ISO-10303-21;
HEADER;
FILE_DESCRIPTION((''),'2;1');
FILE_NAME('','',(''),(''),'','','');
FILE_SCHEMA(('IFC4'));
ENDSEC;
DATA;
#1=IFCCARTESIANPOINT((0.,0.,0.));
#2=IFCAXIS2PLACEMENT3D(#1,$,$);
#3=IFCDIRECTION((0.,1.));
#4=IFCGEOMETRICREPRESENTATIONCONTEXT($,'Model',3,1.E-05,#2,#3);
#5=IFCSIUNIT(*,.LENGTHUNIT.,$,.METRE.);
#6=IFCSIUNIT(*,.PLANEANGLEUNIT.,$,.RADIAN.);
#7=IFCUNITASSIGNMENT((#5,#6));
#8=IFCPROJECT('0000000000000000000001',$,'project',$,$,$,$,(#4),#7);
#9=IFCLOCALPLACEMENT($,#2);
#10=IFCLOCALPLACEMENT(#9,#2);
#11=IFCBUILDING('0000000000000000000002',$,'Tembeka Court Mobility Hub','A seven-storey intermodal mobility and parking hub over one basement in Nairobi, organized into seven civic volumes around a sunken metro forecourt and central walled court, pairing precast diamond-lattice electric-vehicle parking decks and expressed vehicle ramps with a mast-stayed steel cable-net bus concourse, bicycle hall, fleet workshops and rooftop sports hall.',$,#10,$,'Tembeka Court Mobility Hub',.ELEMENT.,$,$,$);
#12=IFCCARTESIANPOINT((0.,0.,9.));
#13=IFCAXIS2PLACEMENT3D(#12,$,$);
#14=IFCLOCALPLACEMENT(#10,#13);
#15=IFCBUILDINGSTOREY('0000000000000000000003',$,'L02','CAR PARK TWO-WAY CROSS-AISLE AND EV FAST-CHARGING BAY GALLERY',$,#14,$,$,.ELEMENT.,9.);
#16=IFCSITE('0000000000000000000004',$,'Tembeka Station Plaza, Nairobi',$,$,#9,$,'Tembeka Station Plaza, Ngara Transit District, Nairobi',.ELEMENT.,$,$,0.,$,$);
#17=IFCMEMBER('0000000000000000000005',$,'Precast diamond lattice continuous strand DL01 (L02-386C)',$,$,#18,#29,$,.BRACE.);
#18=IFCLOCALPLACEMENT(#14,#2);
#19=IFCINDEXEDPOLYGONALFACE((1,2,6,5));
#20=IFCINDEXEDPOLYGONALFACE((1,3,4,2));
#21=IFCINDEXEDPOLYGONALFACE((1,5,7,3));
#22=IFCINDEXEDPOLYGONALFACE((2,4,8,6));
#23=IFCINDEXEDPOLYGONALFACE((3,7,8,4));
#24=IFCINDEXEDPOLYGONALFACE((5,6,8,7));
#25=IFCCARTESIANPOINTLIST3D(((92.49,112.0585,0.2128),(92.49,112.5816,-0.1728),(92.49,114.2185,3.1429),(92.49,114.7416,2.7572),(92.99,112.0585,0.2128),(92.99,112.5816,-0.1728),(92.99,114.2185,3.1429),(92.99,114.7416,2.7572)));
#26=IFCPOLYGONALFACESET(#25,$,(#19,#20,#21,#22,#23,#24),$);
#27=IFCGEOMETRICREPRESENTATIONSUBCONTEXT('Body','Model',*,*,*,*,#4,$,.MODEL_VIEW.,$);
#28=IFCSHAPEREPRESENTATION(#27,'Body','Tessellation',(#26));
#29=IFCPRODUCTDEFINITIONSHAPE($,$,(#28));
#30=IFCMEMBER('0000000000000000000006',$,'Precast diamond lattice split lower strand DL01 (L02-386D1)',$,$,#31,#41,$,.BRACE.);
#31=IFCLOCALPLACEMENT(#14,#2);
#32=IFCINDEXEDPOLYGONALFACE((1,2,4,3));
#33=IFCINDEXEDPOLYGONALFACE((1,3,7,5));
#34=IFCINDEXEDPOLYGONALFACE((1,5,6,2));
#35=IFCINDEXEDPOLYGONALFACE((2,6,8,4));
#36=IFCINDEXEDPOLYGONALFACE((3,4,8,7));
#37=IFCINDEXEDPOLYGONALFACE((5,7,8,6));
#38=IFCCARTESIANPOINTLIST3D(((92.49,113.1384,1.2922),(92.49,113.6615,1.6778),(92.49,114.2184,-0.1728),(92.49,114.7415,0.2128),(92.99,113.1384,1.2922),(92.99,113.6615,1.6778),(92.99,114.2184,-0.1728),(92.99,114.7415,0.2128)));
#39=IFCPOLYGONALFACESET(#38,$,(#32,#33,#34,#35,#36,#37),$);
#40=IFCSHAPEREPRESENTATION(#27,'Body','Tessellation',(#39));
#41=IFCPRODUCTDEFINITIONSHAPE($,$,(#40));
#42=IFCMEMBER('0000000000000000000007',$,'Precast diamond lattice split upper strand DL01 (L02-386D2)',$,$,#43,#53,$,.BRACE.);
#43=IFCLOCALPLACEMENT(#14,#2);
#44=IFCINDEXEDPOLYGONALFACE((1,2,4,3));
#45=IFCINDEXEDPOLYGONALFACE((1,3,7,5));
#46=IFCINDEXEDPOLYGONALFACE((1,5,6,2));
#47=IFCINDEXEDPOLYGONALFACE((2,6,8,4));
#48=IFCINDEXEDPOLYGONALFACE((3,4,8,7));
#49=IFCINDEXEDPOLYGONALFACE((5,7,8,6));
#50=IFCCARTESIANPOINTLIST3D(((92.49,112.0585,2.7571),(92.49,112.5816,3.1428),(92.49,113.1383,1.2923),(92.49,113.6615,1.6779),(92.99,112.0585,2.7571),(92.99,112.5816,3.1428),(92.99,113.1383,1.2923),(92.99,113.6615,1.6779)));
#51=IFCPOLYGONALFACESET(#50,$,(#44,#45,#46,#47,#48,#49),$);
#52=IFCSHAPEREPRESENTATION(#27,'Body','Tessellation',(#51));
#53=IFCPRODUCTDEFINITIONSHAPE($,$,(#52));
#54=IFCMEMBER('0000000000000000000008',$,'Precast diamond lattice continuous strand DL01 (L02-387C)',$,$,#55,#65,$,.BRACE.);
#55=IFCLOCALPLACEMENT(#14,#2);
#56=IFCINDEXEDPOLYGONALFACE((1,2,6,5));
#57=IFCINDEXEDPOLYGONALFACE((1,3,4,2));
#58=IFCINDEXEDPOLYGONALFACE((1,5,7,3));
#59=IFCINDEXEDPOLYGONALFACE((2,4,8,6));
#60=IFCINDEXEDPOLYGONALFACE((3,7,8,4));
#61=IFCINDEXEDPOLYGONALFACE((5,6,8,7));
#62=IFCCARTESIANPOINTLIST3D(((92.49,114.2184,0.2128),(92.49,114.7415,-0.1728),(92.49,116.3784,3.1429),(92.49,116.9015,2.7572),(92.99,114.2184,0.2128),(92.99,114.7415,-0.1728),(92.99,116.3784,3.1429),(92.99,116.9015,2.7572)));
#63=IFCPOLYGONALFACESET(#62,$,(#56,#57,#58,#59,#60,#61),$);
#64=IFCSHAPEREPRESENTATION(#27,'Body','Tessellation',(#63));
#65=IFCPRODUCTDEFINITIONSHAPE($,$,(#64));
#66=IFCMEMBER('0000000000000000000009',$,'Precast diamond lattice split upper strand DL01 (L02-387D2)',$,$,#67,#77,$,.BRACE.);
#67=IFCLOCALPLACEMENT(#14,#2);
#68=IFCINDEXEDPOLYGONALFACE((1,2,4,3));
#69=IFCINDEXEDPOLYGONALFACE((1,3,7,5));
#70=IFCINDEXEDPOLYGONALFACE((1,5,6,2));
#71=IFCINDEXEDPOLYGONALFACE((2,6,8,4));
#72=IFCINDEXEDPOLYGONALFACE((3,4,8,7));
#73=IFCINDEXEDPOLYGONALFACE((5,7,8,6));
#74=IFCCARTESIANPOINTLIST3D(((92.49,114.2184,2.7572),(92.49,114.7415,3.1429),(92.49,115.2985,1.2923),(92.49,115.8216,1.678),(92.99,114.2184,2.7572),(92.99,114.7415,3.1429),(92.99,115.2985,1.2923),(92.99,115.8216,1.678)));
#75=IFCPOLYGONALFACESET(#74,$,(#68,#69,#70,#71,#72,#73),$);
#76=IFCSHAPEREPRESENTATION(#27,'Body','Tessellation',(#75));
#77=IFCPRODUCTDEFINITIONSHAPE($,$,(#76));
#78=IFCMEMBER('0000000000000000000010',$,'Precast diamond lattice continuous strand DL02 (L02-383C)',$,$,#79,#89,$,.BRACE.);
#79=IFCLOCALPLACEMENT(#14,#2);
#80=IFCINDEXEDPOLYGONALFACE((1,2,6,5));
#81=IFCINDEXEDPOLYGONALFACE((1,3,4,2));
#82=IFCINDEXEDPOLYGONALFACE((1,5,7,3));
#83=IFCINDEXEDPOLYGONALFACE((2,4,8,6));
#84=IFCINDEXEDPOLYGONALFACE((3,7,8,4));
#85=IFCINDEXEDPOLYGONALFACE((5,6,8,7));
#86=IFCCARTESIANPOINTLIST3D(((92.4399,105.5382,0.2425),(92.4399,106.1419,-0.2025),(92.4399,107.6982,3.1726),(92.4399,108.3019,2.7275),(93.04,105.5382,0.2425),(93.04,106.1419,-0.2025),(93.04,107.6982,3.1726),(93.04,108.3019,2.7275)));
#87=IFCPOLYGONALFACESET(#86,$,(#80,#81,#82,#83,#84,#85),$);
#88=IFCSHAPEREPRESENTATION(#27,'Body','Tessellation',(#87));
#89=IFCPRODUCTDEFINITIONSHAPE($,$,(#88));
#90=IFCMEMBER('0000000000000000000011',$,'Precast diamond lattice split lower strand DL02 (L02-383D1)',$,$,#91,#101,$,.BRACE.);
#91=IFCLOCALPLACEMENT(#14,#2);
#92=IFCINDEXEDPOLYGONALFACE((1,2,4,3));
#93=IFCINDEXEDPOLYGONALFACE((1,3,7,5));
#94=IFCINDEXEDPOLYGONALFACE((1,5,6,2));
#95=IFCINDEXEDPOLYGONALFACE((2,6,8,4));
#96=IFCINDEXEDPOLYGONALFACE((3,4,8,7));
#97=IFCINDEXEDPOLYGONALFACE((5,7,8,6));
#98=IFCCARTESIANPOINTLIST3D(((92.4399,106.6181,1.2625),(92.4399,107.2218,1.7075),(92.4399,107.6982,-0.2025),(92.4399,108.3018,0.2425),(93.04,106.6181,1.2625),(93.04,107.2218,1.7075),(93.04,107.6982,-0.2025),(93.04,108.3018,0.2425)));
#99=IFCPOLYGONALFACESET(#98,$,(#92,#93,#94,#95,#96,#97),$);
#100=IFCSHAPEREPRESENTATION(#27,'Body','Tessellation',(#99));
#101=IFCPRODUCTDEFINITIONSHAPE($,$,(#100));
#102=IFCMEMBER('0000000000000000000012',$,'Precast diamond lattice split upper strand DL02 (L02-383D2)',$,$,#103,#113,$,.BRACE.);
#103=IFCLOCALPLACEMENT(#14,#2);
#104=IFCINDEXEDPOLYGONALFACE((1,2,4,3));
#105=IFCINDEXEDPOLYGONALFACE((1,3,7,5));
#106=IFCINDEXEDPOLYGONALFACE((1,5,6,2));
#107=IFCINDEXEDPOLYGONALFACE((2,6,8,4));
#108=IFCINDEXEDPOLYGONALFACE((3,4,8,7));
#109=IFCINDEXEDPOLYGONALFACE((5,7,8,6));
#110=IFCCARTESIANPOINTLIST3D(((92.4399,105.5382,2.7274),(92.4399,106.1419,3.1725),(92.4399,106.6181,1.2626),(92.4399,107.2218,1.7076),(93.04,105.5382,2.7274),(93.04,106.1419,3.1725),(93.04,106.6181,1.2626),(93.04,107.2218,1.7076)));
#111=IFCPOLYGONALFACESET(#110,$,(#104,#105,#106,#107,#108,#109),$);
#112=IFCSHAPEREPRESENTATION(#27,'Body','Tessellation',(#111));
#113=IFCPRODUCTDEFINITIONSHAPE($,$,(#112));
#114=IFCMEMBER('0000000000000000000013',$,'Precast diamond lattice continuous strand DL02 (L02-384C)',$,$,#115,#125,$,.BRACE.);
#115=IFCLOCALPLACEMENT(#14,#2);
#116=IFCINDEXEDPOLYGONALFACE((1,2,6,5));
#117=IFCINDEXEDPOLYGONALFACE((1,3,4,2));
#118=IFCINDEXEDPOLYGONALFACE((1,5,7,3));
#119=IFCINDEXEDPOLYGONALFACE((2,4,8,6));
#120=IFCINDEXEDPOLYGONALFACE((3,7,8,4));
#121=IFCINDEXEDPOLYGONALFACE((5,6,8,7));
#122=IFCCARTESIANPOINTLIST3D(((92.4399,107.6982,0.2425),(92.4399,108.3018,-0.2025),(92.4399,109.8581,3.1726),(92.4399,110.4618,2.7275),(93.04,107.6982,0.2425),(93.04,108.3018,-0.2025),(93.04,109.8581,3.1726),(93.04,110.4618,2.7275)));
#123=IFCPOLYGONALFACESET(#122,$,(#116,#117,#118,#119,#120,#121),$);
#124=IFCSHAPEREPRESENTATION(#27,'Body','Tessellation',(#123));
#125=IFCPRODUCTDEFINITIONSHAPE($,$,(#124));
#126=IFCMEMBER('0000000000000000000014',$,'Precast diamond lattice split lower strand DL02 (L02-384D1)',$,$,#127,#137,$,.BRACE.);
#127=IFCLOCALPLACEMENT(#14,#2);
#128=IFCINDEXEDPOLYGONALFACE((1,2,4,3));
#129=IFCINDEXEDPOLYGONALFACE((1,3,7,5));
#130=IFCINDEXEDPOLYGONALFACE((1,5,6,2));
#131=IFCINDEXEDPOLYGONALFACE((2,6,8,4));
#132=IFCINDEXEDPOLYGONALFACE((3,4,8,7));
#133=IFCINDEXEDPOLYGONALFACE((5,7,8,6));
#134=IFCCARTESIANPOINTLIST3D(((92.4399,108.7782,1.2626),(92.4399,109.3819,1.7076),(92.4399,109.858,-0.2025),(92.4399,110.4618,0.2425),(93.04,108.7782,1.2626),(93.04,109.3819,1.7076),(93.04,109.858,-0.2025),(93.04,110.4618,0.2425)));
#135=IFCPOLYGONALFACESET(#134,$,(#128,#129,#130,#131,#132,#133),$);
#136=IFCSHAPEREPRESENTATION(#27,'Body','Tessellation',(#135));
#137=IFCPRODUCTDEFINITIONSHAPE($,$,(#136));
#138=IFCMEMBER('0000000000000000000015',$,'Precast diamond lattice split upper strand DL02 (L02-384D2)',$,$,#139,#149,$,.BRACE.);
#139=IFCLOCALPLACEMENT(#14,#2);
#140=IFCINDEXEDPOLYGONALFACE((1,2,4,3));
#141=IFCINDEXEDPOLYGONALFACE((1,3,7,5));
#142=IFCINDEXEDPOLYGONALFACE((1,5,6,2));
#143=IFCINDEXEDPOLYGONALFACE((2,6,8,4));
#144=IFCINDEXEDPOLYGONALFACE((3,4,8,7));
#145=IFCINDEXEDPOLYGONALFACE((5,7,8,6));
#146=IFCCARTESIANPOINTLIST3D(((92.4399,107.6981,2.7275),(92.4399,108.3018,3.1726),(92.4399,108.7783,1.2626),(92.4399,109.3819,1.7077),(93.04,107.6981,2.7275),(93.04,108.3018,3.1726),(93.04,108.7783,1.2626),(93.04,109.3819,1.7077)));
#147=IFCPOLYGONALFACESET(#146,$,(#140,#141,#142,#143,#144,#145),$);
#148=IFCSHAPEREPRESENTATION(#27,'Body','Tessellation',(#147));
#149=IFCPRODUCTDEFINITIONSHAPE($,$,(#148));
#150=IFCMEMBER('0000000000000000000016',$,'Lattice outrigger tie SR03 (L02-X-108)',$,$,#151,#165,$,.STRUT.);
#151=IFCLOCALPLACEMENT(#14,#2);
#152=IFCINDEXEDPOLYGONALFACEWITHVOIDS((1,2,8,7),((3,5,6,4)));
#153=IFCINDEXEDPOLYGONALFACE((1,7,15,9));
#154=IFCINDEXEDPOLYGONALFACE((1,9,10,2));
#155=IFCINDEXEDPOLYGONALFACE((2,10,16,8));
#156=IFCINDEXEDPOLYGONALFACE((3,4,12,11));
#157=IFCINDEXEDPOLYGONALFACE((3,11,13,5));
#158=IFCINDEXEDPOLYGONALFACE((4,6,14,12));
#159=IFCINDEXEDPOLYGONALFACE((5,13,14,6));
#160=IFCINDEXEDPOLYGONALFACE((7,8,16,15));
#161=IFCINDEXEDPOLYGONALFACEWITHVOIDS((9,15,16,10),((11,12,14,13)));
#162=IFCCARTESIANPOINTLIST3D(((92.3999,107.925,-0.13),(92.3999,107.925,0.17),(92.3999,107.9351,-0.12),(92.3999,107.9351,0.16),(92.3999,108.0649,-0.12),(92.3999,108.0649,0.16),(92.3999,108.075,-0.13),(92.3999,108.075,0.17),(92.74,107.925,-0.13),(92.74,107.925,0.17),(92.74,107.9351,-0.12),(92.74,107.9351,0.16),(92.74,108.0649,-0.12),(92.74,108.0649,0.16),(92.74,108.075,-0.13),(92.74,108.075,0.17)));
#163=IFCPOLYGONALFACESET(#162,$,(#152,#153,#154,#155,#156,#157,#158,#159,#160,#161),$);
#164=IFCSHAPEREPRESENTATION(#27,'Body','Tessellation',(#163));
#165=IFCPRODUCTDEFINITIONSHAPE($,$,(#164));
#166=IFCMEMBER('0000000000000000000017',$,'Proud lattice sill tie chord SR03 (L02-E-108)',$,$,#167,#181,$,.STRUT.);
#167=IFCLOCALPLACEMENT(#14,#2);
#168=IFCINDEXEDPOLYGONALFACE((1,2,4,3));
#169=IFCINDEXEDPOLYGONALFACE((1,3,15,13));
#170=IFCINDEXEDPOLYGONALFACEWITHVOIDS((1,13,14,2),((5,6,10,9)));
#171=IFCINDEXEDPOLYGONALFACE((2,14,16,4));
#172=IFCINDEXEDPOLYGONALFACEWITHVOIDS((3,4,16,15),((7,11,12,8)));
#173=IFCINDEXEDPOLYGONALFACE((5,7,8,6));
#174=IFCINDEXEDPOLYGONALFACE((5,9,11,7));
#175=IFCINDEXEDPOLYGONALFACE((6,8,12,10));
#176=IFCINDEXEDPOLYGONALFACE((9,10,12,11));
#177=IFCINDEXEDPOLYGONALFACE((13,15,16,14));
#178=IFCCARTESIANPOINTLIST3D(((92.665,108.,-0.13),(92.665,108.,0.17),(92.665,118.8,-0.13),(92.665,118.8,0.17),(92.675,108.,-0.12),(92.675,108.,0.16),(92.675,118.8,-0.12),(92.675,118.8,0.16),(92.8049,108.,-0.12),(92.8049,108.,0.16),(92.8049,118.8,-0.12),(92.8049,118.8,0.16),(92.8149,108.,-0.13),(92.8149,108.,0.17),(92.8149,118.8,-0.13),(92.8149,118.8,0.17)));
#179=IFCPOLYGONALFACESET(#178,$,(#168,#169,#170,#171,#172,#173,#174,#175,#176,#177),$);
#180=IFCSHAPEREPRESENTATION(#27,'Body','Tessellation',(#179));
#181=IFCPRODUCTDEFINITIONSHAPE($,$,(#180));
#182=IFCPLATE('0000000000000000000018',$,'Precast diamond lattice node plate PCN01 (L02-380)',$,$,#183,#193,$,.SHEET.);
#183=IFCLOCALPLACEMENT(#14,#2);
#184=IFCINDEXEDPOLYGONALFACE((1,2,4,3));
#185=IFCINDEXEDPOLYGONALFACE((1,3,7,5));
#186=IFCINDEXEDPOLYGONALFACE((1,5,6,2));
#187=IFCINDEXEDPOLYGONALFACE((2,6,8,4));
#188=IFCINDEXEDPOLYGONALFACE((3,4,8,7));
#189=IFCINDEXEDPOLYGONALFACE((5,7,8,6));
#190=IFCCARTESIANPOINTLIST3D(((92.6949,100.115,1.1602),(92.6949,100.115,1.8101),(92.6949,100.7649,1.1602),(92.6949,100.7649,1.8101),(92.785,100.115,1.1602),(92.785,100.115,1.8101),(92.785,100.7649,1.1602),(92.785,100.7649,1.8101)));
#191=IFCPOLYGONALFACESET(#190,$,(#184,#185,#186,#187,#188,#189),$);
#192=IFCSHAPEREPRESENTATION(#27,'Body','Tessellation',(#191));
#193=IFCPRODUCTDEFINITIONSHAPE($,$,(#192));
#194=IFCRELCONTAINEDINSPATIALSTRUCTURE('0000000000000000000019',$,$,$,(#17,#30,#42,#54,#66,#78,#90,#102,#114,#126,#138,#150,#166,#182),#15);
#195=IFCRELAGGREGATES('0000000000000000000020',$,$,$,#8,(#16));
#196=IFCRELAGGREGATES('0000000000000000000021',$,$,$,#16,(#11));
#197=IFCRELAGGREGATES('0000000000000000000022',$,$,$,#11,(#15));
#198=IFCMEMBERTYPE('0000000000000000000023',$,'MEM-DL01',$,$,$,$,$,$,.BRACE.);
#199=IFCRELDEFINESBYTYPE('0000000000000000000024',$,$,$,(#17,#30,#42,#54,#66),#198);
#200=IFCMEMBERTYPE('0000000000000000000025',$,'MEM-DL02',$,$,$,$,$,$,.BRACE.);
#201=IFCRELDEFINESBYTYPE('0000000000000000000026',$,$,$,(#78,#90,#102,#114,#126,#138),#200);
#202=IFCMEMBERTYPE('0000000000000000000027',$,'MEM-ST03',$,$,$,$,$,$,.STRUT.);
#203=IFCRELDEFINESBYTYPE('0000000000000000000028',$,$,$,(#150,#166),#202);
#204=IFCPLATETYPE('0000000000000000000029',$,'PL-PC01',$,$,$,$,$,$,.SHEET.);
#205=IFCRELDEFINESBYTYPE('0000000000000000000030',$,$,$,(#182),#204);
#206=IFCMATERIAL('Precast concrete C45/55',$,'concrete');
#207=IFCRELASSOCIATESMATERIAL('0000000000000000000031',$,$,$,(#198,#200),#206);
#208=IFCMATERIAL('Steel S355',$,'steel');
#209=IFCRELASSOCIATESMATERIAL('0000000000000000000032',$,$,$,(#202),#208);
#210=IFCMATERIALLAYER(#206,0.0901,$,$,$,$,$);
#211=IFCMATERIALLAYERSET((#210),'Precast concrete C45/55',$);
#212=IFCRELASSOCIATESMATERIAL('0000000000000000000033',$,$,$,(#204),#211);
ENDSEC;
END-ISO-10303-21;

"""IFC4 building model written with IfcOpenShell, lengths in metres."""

from ifc_helpers import new_model, si_unit, direction, frame, origin, origin_2d, place, context, subcontext, project, spatial, rectangle, hollow_rectangle, extrude, material, layer, layer_set, material_profile, profile_set, type_object, element, save


model = new_model("IFC4")

# Units and contexts
model_context = context("Model", 3, precision=1e-05, world=origin(), true_north=direction((0.0, 1.0)))
body_context = subcontext(model_context, "Body", "Model", "MODEL_VIEW")
ifc_project = project(units=[si_unit("LENGTHUNIT", "METRE"), si_unit("PLANEANGLEUNIT", "RADIAN")], contexts=[model_context])

# Site, building, storey
site_placement = place(None, origin())
site = spatial("IfcSite", under=ifc_project, at=site_placement, Name="Tembeka Station Plaza, Nairobi", LongName="Tembeka Station Plaza, Ngara Transit District, Nairobi", CompositionType="ELEMENT", RefElevation=0.0)
building_placement = place(site_placement, origin())
building = spatial("IfcBuilding", under=site, at=building_placement, Name="Tembeka Court Mobility Hub", Description="A seven-storey intermodal mobility and parking hub over one basement in Nairobi, organized into seven civic volumes around a sunken metro forecourt and central walled court, pairing precast diamond-lattice electric-vehicle parking decks and expressed vehicle ramps with a mast-stayed steel cable-net bus concourse, bicycle hall, fleet workshops and rooftop sports hall.", LongName="Tembeka Court Mobility Hub", CompositionType="ELEMENT")
storey_placement = place(building_placement, frame((0.0, 0.0, 9.0)))
storey = spatial("IfcBuildingStorey", under=building, at=storey_placement, Name="L02", Description="CAR PARK TWO-WAY CROSS-AISLE AND EV FAST-CHARGING BAY GALLERY", CompositionType="ELEMENT", Elevation=9.0)

# Shared definitions
ifc_material_1 = material(Name="Steel S355", Category="steel")

# Members
ifc_material_2 = material(Name="Precast concrete C45/55", Category="concrete")
ifc_material_profile_1 = material_profile(ifc_material_2, rectangle(XDim=0.5, YDim=0.6499, at=origin_2d()), Name="PC-DIAG 500x650")
ifc_profile_set_1 = profile_set([ifc_material_profile_1], Name="Precast concrete C45/55")
member_type_1 = type_object("IfcMemberType", Name="MEM-DL01", PredefinedType="BRACE", material=ifc_profile_set_1)
member_1_placement = place(storey_placement, frame((92.74, 112.3201, 0.02), z_axis=(0.0, 0.59338, 0.804923), x_axis=(-1.0, 0.0, 0.0)))
element("IfcMember", 1, at=member_1_placement, inside=storey, type_object=member_type_1, Name="Precast diamond lattice continuous strand DL01 (L02-386C)", PredefinedType="BRACE", context=body_context, shape_type="SweptSolid", body=[
    extrude(rectangle(XDim=0.5, YDim=0.6499, at=origin_2d()), origin(), (0.0, 0.0, 1.0), 3.6401),
])
member_2_placement = place(storey_placement, frame((92.74, 114.48, 0.02), z_axis=(0.0, -0.593391, 0.804914), x_axis=(1.0, 0.0, 0.0)))
element("IfcMember", 2, at=member_2_placement, inside=storey, type_object=member_type_1, Name="Precast diamond lattice split lower strand DL01 (L02-386D1)", PredefinedType="BRACE", context=body_context, shape_type="SweptSolid", body=[
    extrude(rectangle(XDim=0.5, YDim=0.6499, at=origin_2d()), origin(), (0.0, 0.0, 1.0), 1.8201),
])
member_3_placement = place(storey_placement, frame((92.74, 113.3999, 1.4851), z_axis=(0.0, -0.593368, 0.804931), x_axis=(1.0, 0.0, 0.0)))
element("IfcMember", 3, at=member_3_placement, inside=storey, type_object=member_type_1, Name="Precast diamond lattice split upper strand DL01 (L02-386D2)", PredefinedType="BRACE", context=body_context, shape_type="SweptSolid", body=[
    extrude(rectangle(XDim=0.5, YDim=0.6499, at=origin_2d()), origin(), (0.0, 0.0, 1.0), 1.8198),
])
member_4_placement = place(storey_placement, frame((92.74, 114.48, 0.02), z_axis=(0.0, 0.59338, 0.804923), x_axis=(-1.0, 0.0, 0.0)))
element("IfcMember", 4, at=member_4_placement, inside=storey, type_object=member_type_1, Name="Precast diamond lattice continuous strand DL01 (L02-387C)", PredefinedType="BRACE", context=body_context, shape_type="SweptSolid", body=[
    extrude(rectangle(XDim=0.5, YDim=0.6499, at=origin_2d()), origin(), (0.0, 0.0, 1.0), 3.6401),
])
member_5_placement = place(storey_placement, frame((92.74, 115.5601, 1.4851), z_axis=(0.0, -0.593455, 0.804867), x_axis=(1.0, 0.0, 0.0)))
element("IfcMember", 5, at=member_5_placement, inside=storey, type_object=member_type_1, Name="Precast diamond lattice split upper strand DL01 (L02-387D2)", PredefinedType="BRACE", context=body_context, shape_type="SweptSolid", body=[
    extrude(rectangle(XDim=0.5, YDim=0.6499, at=origin_2d()), origin(), (0.0, 0.0, 1.0), 1.8201),
])
ifc_material_profile_2 = material_profile(ifc_material_2, rectangle(XDim=0.6001, YDim=0.75, at=origin_2d()), Name="PC-DIAG 600x750")
ifc_profile_set_2 = profile_set([ifc_material_profile_2], Name="Precast concrete C45/55")
member_type_2 = type_object("IfcMemberType", Name="MEM-DL02", PredefinedType="BRACE", material=ifc_profile_set_2)
member_6_placement = place(storey_placement, frame((92.74, 105.8401, 0.02), z_axis=(0.0, 0.59338, 0.804923), x_axis=(-1.0, 0.0, 0.0)))
element("IfcMember", 6, at=member_6_placement, inside=storey, type_object=member_type_2, Name="Precast diamond lattice continuous strand DL02 (L02-383C)", PredefinedType="BRACE", context=body_context, shape_type="SweptSolid", body=[
    extrude(rectangle(XDim=0.6001, YDim=0.75, at=origin_2d()), origin(), (0.0, 0.0, 1.0), 3.6401),
])
member_7_placement = place(storey_placement, frame((92.74, 108.0, 0.02), z_axis=(0.0, -0.593391, 0.804914), x_axis=(1.0, 0.0, 0.0)))
element("IfcMember", 7, at=member_7_placement, inside=storey, type_object=member_type_2, Name="Precast diamond lattice split lower strand DL02 (L02-383D1)", PredefinedType="BRACE", context=body_context, shape_type="SweptSolid", body=[
    extrude(rectangle(XDim=0.6001, YDim=0.75, at=origin_2d()), origin(), (0.0, 0.0, 1.0), 1.8201),
])
member_8_placement = place(storey_placement, frame((92.74, 106.9199, 1.4851), z_axis=(0.0, -0.593368, 0.804931), x_axis=(1.0, 0.0, 0.0)))
element("IfcMember", 8, at=member_8_placement, inside=storey, type_object=member_type_2, Name="Precast diamond lattice split upper strand DL02 (L02-383D2)", PredefinedType="BRACE", context=body_context, shape_type="SweptSolid", body=[
    extrude(rectangle(XDim=0.6001, YDim=0.75, at=origin_2d()), origin(), (0.0, 0.0, 1.0), 1.8198),
])
member_9_placement = place(storey_placement, frame((92.74, 108.0, 0.02), z_axis=(0.0, 0.59338, 0.804923), x_axis=(-1.0, 0.0, 0.0)))
element("IfcMember", 9, at=member_9_placement, inside=storey, type_object=member_type_2, Name="Precast diamond lattice continuous strand DL02 (L02-384C)", PredefinedType="BRACE", context=body_context, shape_type="SweptSolid", body=[
    extrude(rectangle(XDim=0.6001, YDim=0.75, at=origin_2d()), origin(), (0.0, 0.0, 1.0), 3.6401),
])
for number, where, z_axis, x_axis, name in (
    (10, (92.74, 110.1599, 0.02), (0.0, -0.593304, 0.804978), (1.0, 0.0, 0.0), "Precast diamond lattice split lower strand DL02 (L02-384D1)"),
    (11, (92.74, 109.0801, 1.4851), (0.0, -0.593455, 0.804867), (1.0, 0.0, 0.0), "Precast diamond lattice split upper strand DL02 (L02-384D2)"),
):
    element("IfcMember", number, at=place(storey_placement, frame(where, z_axis=z_axis, x_axis=x_axis)), inside=storey, type_object=member_type_2, Name=name, PredefinedType="BRACE", context=body_context, shape_type="SweptSolid", body=[
        extrude(rectangle(XDim=0.6001, YDim=0.75, at=origin_2d()), origin(), (0.0, 0.0, 1.0), 1.8201),
    ])
ifc_material_profile_3 = material_profile(ifc_material_1, hollow_rectangle(XDim=0.1499, YDim=0.3, WallThickness=0.01, at=origin_2d()), Name="RHS 300x150x10")
ifc_profile_set_3 = profile_set([ifc_material_profile_3], Name="Steel S355")
member_type_3 = type_object("IfcMemberType", Name="MEM-ST03", PredefinedType="STRUT", material=ifc_profile_set_3)
member_10_placement = place(storey_placement, frame((92.3999, 108.0, 0.02), z_axis=(1.0, 0.0, 0.0), x_axis=(0.0, 1.0, 0.0)))
element("IfcMember", 12, at=member_10_placement, inside=storey, type_object=member_type_3, Name="Lattice outrigger tie SR03 (L02-X-108)", PredefinedType="STRUT", context=body_context, shape_type="SweptSolid", body=[
    extrude(hollow_rectangle(XDim=0.1499, YDim=0.3, WallThickness=0.01, at=origin_2d()), origin(), (0.0, 0.0, 1.0), 0.3401),
])
member_11_placement = place(storey_placement, frame((92.74, 108.0, 0.02), z_axis=(0.0, 1.0, 0.0), x_axis=(-1.0, 0.0, 0.0)))
element("IfcMember", 13, at=member_11_placement, inside=storey, type_object=member_type_3, Name="Proud lattice sill tie chord SR03 (L02-E-108)", PredefinedType="STRUT", context=body_context, shape_type="SweptSolid", body=[
    extrude(hollow_rectangle(XDim=0.1499, YDim=0.3, WallThickness=0.01, at=origin_2d()), origin(), (0.0, 0.0, 1.0), 10.8),
])

# Plate
ifc_layer = layer(ifc_material_2, 0.0901)
ifc_layer_set = layer_set([ifc_layer], Name="Precast concrete C45/55")
plate_type = type_object("IfcPlateType", Name="PL-PC01", PredefinedType="SHEET", material=ifc_layer_set)
for number, where, z_axis, x_axis, name in (
    (14, (92.74, 100.4399, 1.1602), (0.0, 0.0, 1.0), (1.0, 0.0, 0.0), "Precast diamond lattice node plate PCN01 (L02-380)"),
):
    element("IfcPlate", number, at=place(storey_placement, frame(where, z_axis=z_axis, x_axis=x_axis)), inside=storey, type_object=plate_type, Name=name, PredefinedType="SHEET", context=body_context, shape_type="SweptSolid", body=[
        extrude(rectangle(XDim=0.0901, YDim=0.6499, at=origin_2d()), origin(), (0.0, 0.0, 1.0), 0.6499),
    ])

save(model, "model.ifc")
